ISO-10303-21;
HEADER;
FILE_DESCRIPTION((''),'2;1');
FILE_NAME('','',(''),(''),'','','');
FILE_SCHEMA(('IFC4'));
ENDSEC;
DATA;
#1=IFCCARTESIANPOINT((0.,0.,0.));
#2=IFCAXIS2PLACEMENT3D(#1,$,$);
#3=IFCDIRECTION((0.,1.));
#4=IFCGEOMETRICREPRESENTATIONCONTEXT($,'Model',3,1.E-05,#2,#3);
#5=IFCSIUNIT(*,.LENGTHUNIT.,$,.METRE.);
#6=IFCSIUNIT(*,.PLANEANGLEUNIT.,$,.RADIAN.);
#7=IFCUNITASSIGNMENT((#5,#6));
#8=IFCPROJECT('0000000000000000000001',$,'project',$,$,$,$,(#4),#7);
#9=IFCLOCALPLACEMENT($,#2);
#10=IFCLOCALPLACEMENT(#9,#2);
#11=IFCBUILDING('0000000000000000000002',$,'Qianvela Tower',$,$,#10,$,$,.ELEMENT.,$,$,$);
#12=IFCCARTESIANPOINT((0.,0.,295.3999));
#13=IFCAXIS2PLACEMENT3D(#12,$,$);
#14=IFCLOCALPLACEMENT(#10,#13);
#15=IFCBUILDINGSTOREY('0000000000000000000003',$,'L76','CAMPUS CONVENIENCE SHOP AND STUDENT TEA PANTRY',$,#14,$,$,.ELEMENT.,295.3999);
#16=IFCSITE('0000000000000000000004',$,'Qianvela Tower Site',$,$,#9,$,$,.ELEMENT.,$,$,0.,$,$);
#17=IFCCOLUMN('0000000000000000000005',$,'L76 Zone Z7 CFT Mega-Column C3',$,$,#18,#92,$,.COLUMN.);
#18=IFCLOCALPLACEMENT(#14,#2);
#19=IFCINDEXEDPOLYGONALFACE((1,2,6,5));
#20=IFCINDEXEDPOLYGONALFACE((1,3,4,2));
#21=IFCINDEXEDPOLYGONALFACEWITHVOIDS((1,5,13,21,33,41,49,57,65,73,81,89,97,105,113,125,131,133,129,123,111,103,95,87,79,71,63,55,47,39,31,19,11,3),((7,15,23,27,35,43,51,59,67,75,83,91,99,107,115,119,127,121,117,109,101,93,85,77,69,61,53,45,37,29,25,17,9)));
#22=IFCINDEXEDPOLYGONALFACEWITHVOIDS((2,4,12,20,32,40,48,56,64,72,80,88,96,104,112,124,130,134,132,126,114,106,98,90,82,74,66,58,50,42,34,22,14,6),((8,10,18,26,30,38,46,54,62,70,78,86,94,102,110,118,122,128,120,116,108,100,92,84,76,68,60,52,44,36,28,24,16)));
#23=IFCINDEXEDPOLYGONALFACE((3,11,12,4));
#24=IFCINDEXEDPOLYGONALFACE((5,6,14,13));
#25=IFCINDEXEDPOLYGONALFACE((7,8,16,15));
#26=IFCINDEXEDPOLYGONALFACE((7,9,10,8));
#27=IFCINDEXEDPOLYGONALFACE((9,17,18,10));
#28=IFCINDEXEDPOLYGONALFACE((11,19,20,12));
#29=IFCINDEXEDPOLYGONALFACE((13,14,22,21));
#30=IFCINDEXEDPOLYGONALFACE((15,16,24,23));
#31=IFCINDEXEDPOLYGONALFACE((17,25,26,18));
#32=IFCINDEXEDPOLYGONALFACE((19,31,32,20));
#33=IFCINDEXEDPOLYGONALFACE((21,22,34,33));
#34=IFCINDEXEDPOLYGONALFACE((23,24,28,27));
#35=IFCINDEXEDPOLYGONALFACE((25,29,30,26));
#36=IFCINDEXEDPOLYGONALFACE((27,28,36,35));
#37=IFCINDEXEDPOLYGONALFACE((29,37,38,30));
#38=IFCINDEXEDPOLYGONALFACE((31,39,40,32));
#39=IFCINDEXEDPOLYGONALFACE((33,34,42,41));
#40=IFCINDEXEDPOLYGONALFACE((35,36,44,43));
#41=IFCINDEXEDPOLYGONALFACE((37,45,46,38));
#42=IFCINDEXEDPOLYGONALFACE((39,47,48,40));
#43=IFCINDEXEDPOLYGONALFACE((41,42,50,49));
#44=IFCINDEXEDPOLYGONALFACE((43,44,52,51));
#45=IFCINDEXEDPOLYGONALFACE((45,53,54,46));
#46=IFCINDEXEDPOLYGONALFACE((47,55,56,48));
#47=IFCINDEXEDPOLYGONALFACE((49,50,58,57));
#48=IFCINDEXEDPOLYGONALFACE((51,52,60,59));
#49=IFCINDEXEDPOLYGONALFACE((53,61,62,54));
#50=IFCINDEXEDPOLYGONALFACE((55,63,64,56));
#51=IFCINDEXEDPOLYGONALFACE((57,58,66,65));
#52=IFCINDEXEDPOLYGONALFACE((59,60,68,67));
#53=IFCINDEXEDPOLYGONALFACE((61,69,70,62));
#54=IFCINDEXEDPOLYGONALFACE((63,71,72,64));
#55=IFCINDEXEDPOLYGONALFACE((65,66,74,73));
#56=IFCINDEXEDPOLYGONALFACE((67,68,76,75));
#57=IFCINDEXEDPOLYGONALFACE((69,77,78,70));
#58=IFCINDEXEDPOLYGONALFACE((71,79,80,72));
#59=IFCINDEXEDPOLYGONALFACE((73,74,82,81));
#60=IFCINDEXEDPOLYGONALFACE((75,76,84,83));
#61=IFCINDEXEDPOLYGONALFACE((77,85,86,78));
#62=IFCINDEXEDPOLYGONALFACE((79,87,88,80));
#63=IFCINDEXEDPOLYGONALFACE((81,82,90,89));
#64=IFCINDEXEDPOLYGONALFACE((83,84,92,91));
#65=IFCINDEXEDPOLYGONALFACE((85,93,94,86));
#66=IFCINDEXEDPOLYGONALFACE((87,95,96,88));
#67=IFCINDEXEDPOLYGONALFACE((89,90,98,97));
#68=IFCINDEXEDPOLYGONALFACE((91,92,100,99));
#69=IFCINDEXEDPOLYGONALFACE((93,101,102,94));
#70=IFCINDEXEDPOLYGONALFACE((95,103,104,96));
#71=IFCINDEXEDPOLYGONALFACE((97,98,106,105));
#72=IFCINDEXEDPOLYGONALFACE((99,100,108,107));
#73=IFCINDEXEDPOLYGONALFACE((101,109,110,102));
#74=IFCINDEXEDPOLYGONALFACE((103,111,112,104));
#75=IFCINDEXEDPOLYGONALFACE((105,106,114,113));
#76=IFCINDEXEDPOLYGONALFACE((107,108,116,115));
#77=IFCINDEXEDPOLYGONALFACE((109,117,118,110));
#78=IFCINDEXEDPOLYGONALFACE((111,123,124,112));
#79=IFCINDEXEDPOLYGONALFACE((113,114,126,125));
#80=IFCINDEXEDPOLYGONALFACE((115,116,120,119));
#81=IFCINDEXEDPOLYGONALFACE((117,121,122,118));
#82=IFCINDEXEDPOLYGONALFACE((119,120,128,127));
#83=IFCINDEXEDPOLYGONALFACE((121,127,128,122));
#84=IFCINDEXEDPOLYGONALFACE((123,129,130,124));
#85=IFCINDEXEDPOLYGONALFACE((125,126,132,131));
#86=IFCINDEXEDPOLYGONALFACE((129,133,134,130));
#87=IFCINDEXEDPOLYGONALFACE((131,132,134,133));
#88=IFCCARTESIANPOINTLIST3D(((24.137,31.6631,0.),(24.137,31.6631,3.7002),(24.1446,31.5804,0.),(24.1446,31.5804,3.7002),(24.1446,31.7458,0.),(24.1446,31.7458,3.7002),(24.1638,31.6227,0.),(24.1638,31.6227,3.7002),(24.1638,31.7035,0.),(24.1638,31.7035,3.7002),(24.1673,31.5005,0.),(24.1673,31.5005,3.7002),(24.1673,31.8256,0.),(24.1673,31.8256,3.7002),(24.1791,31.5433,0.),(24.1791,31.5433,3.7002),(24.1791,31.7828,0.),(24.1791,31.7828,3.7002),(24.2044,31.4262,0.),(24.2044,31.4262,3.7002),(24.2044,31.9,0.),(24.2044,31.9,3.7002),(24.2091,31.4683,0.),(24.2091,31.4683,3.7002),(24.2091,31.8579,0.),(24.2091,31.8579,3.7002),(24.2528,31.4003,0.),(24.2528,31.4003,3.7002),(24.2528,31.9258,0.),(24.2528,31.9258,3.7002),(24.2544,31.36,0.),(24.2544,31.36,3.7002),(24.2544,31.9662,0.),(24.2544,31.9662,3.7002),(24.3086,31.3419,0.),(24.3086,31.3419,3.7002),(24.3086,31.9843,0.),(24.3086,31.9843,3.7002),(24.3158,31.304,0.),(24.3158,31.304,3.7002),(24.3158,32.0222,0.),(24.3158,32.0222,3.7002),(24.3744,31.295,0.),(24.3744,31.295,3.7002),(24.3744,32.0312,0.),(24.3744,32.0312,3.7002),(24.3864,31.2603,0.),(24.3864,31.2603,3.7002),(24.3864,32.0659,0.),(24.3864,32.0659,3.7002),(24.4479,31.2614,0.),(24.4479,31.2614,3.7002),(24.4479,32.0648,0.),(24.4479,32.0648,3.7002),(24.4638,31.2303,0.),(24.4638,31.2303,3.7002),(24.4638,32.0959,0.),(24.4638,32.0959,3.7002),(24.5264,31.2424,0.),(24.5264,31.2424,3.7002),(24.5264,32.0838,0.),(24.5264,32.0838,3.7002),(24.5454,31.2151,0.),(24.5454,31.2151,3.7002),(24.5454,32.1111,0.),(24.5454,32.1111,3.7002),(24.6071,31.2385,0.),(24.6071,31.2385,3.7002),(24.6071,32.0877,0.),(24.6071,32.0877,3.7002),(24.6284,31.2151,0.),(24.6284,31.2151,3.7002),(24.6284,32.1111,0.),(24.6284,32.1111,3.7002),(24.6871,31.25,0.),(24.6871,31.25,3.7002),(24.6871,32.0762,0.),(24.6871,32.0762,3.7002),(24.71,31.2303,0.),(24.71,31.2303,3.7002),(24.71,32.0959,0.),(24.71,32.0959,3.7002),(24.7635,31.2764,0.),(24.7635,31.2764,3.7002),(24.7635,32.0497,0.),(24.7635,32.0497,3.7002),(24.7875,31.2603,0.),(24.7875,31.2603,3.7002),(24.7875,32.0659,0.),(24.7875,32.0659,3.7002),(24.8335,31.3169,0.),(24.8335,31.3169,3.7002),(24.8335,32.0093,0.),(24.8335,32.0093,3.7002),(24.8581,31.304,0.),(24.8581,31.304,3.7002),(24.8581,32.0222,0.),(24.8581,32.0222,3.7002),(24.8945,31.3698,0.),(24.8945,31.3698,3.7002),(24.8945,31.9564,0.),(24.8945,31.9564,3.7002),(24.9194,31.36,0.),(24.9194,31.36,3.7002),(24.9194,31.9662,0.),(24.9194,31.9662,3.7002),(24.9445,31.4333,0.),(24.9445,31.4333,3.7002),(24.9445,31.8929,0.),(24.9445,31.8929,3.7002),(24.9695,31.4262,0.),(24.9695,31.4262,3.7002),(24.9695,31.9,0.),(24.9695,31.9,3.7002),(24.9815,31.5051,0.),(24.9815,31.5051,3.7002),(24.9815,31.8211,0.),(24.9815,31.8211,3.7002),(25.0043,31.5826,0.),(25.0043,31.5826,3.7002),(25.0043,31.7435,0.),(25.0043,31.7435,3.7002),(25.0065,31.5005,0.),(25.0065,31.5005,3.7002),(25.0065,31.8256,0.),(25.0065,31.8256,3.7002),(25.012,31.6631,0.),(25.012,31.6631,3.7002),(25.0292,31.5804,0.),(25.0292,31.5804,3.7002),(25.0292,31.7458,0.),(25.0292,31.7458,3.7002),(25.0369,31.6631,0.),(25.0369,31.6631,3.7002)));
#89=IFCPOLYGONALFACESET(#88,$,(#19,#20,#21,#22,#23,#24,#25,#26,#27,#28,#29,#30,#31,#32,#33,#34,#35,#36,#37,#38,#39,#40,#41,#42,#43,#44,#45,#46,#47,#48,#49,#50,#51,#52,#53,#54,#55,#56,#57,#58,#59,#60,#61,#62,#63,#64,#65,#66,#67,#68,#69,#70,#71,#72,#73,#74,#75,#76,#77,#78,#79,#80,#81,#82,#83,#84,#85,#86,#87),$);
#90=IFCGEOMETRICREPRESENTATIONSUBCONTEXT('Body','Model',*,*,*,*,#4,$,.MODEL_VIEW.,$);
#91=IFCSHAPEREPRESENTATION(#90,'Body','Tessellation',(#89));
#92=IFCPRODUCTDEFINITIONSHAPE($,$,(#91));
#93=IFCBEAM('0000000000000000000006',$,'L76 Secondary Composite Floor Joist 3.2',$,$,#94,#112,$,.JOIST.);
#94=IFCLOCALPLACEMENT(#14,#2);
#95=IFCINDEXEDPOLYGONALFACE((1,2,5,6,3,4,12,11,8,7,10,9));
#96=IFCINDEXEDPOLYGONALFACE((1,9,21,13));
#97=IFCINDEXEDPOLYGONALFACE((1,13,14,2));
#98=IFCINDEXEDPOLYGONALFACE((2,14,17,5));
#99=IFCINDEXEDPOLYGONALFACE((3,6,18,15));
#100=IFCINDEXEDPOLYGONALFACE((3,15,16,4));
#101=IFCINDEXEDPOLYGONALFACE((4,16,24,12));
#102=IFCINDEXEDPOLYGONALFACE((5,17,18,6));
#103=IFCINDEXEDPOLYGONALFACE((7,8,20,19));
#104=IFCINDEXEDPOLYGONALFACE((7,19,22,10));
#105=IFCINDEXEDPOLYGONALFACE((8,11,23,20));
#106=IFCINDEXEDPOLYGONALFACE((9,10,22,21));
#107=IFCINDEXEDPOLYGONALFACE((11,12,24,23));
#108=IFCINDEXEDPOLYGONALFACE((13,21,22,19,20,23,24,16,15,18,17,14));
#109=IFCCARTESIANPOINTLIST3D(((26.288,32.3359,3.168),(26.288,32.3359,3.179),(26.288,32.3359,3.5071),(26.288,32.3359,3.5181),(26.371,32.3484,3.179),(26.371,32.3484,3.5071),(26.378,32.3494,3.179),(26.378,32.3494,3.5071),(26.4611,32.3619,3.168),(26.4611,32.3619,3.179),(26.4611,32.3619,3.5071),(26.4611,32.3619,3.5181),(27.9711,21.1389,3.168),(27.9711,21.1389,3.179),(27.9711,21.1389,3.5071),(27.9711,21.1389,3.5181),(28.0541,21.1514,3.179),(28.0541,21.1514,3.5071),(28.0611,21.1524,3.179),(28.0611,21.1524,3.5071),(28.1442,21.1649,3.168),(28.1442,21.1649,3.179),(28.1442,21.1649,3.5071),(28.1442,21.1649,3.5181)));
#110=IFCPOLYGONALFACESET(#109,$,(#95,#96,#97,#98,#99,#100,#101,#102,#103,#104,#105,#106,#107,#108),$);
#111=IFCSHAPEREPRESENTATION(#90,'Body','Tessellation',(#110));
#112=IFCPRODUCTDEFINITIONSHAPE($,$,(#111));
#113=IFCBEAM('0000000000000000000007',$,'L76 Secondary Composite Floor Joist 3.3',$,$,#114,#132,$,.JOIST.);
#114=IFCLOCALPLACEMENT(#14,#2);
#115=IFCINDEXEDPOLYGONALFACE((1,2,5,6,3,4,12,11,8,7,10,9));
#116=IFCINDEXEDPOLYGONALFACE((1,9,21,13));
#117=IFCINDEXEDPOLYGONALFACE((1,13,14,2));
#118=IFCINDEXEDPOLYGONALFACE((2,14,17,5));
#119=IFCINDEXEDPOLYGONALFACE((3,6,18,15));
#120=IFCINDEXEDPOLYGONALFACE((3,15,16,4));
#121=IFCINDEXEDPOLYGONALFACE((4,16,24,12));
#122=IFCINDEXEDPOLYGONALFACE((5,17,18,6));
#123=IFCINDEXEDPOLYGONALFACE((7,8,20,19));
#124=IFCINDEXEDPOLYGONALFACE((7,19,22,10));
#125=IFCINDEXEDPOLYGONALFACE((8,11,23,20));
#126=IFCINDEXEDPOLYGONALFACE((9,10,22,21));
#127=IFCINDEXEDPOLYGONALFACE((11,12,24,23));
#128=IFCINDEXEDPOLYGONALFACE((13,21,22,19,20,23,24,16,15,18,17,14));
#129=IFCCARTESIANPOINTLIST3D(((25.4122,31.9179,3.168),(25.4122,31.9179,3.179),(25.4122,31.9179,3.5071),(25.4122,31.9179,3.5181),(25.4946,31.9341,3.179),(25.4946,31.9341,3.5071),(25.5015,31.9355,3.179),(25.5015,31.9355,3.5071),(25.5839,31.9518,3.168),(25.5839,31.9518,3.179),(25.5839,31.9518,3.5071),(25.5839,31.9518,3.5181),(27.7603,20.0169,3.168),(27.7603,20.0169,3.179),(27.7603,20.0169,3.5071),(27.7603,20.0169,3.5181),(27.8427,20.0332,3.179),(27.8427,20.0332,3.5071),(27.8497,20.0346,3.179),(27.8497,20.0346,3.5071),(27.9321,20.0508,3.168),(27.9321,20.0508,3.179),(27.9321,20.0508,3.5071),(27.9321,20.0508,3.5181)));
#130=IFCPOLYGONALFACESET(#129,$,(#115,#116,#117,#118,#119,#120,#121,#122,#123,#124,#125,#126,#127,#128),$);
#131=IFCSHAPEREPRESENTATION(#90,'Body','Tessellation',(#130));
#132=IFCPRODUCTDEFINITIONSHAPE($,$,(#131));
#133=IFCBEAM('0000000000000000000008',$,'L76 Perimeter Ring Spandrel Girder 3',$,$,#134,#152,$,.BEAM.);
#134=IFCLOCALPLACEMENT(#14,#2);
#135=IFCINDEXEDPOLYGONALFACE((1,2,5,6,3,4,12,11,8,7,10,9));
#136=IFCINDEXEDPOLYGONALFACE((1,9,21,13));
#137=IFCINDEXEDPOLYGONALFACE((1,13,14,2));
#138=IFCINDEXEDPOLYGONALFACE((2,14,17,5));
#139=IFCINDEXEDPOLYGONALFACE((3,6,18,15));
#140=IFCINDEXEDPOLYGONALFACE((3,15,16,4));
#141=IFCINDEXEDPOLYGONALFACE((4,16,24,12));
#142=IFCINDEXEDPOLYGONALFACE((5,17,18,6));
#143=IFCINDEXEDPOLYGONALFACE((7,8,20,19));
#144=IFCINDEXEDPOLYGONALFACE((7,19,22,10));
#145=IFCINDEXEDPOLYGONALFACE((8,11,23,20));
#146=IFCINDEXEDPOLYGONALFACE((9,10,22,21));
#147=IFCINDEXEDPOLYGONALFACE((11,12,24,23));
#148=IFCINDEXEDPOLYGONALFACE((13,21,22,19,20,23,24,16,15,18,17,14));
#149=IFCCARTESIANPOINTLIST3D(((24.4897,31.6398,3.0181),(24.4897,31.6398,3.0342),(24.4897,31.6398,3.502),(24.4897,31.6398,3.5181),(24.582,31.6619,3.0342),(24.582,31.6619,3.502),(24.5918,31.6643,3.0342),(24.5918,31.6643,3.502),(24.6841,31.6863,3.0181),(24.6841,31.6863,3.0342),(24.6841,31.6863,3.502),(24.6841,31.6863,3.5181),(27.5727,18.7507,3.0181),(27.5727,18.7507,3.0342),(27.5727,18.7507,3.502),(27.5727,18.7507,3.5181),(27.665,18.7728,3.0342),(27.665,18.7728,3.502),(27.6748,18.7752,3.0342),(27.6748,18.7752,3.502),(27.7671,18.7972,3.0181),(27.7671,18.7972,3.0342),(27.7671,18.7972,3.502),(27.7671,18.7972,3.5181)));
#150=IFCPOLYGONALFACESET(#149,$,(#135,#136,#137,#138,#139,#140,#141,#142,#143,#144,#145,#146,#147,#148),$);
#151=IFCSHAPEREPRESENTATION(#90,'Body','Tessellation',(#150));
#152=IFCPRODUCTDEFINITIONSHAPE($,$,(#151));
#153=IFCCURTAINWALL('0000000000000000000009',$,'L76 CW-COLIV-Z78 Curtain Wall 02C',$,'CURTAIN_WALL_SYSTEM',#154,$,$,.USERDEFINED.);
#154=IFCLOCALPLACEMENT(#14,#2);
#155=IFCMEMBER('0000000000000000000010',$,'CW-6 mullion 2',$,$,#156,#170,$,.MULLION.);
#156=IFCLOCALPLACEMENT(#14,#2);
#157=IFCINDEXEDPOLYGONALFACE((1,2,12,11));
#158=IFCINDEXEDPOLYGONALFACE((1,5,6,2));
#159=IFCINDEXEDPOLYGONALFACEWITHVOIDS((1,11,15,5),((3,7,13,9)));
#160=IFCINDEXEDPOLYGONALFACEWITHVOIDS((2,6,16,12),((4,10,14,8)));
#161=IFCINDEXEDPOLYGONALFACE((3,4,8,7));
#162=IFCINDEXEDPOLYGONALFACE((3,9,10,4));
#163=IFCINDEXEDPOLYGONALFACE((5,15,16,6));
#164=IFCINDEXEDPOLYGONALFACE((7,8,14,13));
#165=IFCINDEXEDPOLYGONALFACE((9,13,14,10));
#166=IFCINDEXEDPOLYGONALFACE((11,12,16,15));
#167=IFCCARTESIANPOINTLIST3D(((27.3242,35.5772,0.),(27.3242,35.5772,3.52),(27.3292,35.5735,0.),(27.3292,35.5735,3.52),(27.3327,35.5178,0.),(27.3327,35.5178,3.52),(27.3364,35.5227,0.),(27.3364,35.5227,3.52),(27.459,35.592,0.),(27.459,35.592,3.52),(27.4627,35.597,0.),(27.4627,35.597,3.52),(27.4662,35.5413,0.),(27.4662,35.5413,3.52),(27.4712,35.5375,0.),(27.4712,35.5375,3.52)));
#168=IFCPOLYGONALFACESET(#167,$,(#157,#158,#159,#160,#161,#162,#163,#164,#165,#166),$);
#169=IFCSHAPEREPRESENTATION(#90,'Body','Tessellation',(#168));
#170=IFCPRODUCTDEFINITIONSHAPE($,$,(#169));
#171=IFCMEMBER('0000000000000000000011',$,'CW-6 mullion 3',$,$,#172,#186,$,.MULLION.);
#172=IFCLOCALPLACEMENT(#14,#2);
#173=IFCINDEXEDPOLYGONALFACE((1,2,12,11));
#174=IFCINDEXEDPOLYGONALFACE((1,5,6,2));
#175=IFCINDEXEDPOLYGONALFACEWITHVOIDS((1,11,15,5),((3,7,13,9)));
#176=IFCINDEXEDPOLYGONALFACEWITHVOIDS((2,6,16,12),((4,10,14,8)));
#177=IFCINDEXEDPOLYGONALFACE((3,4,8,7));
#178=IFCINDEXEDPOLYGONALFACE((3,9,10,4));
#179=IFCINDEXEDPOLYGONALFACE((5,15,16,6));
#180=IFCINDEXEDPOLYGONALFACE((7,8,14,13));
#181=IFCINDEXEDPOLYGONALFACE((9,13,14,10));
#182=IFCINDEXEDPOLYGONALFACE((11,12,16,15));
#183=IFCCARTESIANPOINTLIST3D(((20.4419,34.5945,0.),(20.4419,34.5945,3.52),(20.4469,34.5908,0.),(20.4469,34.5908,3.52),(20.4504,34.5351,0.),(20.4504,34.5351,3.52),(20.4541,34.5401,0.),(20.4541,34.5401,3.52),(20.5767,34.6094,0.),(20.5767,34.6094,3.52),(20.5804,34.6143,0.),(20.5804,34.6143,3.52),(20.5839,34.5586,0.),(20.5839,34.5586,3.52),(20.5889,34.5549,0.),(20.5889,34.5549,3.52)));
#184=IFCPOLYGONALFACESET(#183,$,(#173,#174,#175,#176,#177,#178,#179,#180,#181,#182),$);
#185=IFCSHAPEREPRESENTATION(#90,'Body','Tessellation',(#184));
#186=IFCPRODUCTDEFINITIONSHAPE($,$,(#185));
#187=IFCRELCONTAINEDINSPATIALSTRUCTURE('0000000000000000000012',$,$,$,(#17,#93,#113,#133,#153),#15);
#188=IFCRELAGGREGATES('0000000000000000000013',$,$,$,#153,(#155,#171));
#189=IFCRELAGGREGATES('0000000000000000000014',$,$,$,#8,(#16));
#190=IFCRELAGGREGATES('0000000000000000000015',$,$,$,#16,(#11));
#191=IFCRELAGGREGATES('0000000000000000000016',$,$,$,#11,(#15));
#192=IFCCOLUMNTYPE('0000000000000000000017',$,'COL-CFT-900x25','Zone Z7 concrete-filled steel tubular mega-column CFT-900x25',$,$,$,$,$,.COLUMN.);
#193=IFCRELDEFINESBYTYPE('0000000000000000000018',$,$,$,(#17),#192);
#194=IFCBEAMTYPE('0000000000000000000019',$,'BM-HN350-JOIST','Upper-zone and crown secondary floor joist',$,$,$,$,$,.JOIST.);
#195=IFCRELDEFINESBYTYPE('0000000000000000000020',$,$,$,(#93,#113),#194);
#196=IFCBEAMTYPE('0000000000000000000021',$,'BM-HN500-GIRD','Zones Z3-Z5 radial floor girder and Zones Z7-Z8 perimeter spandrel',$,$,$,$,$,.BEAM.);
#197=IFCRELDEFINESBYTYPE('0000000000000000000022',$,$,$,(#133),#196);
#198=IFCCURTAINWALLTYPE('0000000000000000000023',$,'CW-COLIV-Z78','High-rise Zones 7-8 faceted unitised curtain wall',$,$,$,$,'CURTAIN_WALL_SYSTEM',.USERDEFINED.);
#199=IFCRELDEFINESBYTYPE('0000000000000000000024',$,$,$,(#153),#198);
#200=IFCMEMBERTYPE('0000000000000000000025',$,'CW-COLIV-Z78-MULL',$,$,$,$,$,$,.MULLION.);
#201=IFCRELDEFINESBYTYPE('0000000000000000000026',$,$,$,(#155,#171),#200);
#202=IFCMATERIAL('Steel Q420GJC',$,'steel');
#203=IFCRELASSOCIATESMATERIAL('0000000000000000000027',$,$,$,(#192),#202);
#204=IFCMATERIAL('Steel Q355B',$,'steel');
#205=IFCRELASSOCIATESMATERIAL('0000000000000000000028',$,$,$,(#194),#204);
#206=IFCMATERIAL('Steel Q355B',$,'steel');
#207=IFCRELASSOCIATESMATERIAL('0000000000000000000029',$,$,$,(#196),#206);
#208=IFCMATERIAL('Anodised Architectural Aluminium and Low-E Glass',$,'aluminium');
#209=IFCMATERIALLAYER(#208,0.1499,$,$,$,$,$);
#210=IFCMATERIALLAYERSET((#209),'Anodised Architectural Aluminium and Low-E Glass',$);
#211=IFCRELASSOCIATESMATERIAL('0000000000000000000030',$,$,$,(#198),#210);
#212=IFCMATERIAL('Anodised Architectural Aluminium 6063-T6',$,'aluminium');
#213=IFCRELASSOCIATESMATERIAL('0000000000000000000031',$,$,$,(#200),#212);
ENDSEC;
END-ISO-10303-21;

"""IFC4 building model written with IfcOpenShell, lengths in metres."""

from ifc_helpers import new_model, si_unit, direction, frame, origin, origin_2d, place, context, subcontext, project, spatial, hollow_rectangle, hollow_circle, i_section, extrude, material, layer, layer_set, material_profile, profile_set, type_object, element, aggregate, save


model = new_model("IFC4")

# Units and contexts
model_context = context("Model", 3, precision=1e-05, world=origin(), true_north=direction((0.0, 1.0)))
body_context = subcontext(model_context, "Body", "Model", "MODEL_VIEW")
ifc_project = project(units=[si_unit("LENGTHUNIT", "METRE"), si_unit("PLANEANGLEUNIT", "RADIAN")], contexts=[model_context])

# Site, building, storey
site_placement = place(None, origin())
site = spatial("IfcSite", under=ifc_project, at=site_placement, Name="Qianvela Tower Site", CompositionType="ELEMENT", RefElevation=0.0)
building_placement = place(site_placement, origin())
building = spatial("IfcBuilding", under=site, at=building_placement, Name="Qianvela Tower", CompositionType="ELEMENT")
storey_placement = place(building_placement, frame((0.0, 0.0, 295.3999)))
storey = spatial("IfcBuildingStorey", under=building, at=storey_placement, Name="L76", Description="CAMPUS CONVENIENCE SHOP AND STUDENT TEA PANTRY", CompositionType="ELEMENT", Elevation=295.3999)

# Column
ifc_material_1 = material(Name="Steel Q420GJC", Category="steel")
ifc_material_profile_1 = material_profile(ifc_material_1, hollow_circle(Radius=0.45, WallThickness=0.0249, at=origin_2d()), Name="CFT-900x25")
ifc_profile_set_1 = profile_set([ifc_material_profile_1], Name="Steel Q420GJC")
column_type = type_object("IfcColumnType", Name="COL-CFT-900x25", Description="Zone Z7 concrete-filled steel tubular mega-column CFT-900x25", PredefinedType="COLUMN", material=ifc_profile_set_1)
column_placement = place(storey_placement, frame((24.5869, 31.6631, 0.0), z_axis=(0.0, 0.0, 1.0), x_axis=(1.0, 0.0, 0.0)))
element("IfcColumn", 1, at=column_placement, inside=storey, type_object=column_type, Name="L76 Zone Z7 CFT Mega-Column C3", PredefinedType="COLUMN", context=body_context, shape_type="SweptSolid", body=[
    extrude(hollow_circle(Radius=0.45, WallThickness=0.0249, at=origin_2d()), origin(), (0.0, 0.0, 1.0), 3.7002),
])

# Beams
ifc_material_2 = material(Name="Steel Q355B", Category="steel")
ifc_material_profile_2 = material_profile(ifc_material_2, i_section(OverallWidth=0.175, OverallDepth=0.3501, WebThickness=0.0071, FlangeThickness=0.011, at=origin_2d()), Name="HN350x175x7x11")
ifc_profile_set_2 = profile_set([ifc_material_profile_2], Name="Steel Q355B")
beam_type_1 = type_object("IfcBeamType", Name="BM-HN350-JOIST", Description="Upper-zone and crown secondary floor joist", PredefinedType="JOIST", material=ifc_profile_set_2)
beam_1_placement = place(storey_placement, frame((26.3745, 32.3489, 3.343), z_axis=(0.148647, -0.98889, 0.0), x_axis=(0.98889, 0.148647, 0.0)))
element("IfcBeam", 2, at=beam_1_placement, inside=storey, type_object=beam_type_1, Name="L76 Secondary Composite Floor Joist 3.2", PredefinedType="JOIST", context=body_context, shape_type="SweptSolid", body=[
    extrude(i_section(OverallWidth=0.175, OverallDepth=0.3501, WebThickness=0.0071, FlangeThickness=0.011, at=origin_2d()), origin(), (0.0, 0.0, 1.0), 11.3228),
])
beam_2_placement = place(storey_placement, frame((25.498, 31.9348, 3.343), z_axis=(0.193576, -0.981085, 0.0), x_axis=(0.981085, 0.193576, 0.0)))
element("IfcBeam", 3, at=beam_2_placement, inside=storey, type_object=beam_type_1, Name="L76 Secondary Composite Floor Joist 3.3", PredefinedType="JOIST", context=body_context, shape_type="SweptSolid", body=[
    extrude(i_section(OverallWidth=0.175, OverallDepth=0.3501, WebThickness=0.0071, FlangeThickness=0.011, at=origin_2d()), origin(), (0.0, 0.0, 1.0), 12.1304),
])
ifc_material_3 = material(Name="Steel Q355B", Category="steel")
ifc_material_profile_3 = material_profile(ifc_material_3, i_section(OverallWidth=0.2, OverallDepth=0.5, WebThickness=0.01, FlangeThickness=0.0161, at=origin_2d()), Name="HN500x200x10x16")
ifc_profile_set_3 = profile_set([ifc_material_profile_3], Name="Steel Q355B")
beam_type_2 = type_object("IfcBeamType", Name="BM-HN500-GIRD", Description="Zones Z3-Z5 radial floor girder and Zones Z7-Z8 perimeter spandrel", PredefinedType="BEAM", material=ifc_profile_set_3)
beam_3_placement = place(storey_placement, frame((24.5869, 31.6631, 3.2681), z_axis=(0.232632, -0.972565, 0.0), x_axis=(0.972565, 0.232632, 0.0)))
element("IfcBeam", 4, at=beam_3_placement, inside=storey, type_object=beam_type_2, Name="L76 Perimeter Ring Spandrel Girder 3", PredefinedType="BEAM", context=body_context, shape_type="SweptSolid", body=[
    extrude(i_section(OverallWidth=0.2, OverallDepth=0.5, WebThickness=0.01, FlangeThickness=0.0161, at=origin_2d()), origin(), (0.0, 0.0, 1.0), 13.2527),
])

# Curtain wall, members
ifc_material_4 = material(Name="Anodised Architectural Aluminium and Low-E Glass", Category="aluminium")
ifc_layer_1 = layer(ifc_material_4, 0.1499)
ifc_layer_set_1 = layer_set([ifc_layer_1], Name="Anodised Architectural Aluminium and Low-E Glass")
curtain_wall_type = type_object("IfcCurtainWallType", Name="CW-COLIV-Z78", Description="High-rise Zones 7-8 faceted unitised curtain wall", ElementType="CURTAIN_WALL_SYSTEM", PredefinedType="USERDEFINED", material=ifc_layer_set_1)
curtain_wall_1_placement = place(storey_placement, origin())
curtain_wall_1 = element("IfcCurtainWall", 5, at=curtain_wall_1_placement, inside=storey, type_object=curtain_wall_type, Name="L76 CW-COLIV-Z78 Curtain Wall 02C", ObjectType="CURTAIN_WALL_SYSTEM", PredefinedType="USERDEFINED")
ifc_material_5 = material(Name="Anodised Architectural Aluminium 6063-T6", Category="aluminium")
ifc_material_profile_4 = material_profile(ifc_material_5, hollow_rectangle(XDim=0.0601, YDim=0.1399, WallThickness=0.0044, at=origin_2d()), Name="ALU-MULL-60x140")
ifc_profile_set_4 = profile_set([ifc_material_profile_4], Name="Anodised Architectural Aluminium 6063-T6")
member_type_1 = type_object("IfcMemberType", Name="CW-COLIV-Z78-MULL", PredefinedType="MULLION", material=ifc_profile_set_4)
member_1_placement = place(storey_placement, frame((27.3977, 35.5574, 0.0), z_axis=(0.0, 0.0, 1.0), x_axis=(0.141362, -0.989958, 0.0)))
member_1 = element("IfcMember", 6, at=member_1_placement, type_object=member_type_1, Name="CW-6 mullion 2", PredefinedType="MULLION", context=body_context, shape_type="SweptSolid", body=[
    extrude(hollow_rectangle(XDim=0.0601, YDim=0.1399, WallThickness=0.0044, at=origin_2d()), origin(), (0.0, 0.0, 1.0), 3.52),
])
member_2_placement = place(storey_placement, frame((20.5154, 34.5747, 0.0), z_axis=(0.0, 0.0, 1.0), x_axis=(0.141362, -0.989958, 0.0)))
member_2 = element("IfcMember", 7, at=member_2_placement, type_object=member_type_1, Name="CW-6 mullion 3", PredefinedType="MULLION", context=body_context, shape_type="SweptSolid", body=[
    extrude(hollow_rectangle(XDim=0.0601, YDim=0.1399, WallThickness=0.0044, at=origin_2d()), origin(), (0.0, 0.0, 1.0), 3.52),
])

aggregate(curtain_wall_1, [member_1, member_2])

save(model, "model.ifc")
